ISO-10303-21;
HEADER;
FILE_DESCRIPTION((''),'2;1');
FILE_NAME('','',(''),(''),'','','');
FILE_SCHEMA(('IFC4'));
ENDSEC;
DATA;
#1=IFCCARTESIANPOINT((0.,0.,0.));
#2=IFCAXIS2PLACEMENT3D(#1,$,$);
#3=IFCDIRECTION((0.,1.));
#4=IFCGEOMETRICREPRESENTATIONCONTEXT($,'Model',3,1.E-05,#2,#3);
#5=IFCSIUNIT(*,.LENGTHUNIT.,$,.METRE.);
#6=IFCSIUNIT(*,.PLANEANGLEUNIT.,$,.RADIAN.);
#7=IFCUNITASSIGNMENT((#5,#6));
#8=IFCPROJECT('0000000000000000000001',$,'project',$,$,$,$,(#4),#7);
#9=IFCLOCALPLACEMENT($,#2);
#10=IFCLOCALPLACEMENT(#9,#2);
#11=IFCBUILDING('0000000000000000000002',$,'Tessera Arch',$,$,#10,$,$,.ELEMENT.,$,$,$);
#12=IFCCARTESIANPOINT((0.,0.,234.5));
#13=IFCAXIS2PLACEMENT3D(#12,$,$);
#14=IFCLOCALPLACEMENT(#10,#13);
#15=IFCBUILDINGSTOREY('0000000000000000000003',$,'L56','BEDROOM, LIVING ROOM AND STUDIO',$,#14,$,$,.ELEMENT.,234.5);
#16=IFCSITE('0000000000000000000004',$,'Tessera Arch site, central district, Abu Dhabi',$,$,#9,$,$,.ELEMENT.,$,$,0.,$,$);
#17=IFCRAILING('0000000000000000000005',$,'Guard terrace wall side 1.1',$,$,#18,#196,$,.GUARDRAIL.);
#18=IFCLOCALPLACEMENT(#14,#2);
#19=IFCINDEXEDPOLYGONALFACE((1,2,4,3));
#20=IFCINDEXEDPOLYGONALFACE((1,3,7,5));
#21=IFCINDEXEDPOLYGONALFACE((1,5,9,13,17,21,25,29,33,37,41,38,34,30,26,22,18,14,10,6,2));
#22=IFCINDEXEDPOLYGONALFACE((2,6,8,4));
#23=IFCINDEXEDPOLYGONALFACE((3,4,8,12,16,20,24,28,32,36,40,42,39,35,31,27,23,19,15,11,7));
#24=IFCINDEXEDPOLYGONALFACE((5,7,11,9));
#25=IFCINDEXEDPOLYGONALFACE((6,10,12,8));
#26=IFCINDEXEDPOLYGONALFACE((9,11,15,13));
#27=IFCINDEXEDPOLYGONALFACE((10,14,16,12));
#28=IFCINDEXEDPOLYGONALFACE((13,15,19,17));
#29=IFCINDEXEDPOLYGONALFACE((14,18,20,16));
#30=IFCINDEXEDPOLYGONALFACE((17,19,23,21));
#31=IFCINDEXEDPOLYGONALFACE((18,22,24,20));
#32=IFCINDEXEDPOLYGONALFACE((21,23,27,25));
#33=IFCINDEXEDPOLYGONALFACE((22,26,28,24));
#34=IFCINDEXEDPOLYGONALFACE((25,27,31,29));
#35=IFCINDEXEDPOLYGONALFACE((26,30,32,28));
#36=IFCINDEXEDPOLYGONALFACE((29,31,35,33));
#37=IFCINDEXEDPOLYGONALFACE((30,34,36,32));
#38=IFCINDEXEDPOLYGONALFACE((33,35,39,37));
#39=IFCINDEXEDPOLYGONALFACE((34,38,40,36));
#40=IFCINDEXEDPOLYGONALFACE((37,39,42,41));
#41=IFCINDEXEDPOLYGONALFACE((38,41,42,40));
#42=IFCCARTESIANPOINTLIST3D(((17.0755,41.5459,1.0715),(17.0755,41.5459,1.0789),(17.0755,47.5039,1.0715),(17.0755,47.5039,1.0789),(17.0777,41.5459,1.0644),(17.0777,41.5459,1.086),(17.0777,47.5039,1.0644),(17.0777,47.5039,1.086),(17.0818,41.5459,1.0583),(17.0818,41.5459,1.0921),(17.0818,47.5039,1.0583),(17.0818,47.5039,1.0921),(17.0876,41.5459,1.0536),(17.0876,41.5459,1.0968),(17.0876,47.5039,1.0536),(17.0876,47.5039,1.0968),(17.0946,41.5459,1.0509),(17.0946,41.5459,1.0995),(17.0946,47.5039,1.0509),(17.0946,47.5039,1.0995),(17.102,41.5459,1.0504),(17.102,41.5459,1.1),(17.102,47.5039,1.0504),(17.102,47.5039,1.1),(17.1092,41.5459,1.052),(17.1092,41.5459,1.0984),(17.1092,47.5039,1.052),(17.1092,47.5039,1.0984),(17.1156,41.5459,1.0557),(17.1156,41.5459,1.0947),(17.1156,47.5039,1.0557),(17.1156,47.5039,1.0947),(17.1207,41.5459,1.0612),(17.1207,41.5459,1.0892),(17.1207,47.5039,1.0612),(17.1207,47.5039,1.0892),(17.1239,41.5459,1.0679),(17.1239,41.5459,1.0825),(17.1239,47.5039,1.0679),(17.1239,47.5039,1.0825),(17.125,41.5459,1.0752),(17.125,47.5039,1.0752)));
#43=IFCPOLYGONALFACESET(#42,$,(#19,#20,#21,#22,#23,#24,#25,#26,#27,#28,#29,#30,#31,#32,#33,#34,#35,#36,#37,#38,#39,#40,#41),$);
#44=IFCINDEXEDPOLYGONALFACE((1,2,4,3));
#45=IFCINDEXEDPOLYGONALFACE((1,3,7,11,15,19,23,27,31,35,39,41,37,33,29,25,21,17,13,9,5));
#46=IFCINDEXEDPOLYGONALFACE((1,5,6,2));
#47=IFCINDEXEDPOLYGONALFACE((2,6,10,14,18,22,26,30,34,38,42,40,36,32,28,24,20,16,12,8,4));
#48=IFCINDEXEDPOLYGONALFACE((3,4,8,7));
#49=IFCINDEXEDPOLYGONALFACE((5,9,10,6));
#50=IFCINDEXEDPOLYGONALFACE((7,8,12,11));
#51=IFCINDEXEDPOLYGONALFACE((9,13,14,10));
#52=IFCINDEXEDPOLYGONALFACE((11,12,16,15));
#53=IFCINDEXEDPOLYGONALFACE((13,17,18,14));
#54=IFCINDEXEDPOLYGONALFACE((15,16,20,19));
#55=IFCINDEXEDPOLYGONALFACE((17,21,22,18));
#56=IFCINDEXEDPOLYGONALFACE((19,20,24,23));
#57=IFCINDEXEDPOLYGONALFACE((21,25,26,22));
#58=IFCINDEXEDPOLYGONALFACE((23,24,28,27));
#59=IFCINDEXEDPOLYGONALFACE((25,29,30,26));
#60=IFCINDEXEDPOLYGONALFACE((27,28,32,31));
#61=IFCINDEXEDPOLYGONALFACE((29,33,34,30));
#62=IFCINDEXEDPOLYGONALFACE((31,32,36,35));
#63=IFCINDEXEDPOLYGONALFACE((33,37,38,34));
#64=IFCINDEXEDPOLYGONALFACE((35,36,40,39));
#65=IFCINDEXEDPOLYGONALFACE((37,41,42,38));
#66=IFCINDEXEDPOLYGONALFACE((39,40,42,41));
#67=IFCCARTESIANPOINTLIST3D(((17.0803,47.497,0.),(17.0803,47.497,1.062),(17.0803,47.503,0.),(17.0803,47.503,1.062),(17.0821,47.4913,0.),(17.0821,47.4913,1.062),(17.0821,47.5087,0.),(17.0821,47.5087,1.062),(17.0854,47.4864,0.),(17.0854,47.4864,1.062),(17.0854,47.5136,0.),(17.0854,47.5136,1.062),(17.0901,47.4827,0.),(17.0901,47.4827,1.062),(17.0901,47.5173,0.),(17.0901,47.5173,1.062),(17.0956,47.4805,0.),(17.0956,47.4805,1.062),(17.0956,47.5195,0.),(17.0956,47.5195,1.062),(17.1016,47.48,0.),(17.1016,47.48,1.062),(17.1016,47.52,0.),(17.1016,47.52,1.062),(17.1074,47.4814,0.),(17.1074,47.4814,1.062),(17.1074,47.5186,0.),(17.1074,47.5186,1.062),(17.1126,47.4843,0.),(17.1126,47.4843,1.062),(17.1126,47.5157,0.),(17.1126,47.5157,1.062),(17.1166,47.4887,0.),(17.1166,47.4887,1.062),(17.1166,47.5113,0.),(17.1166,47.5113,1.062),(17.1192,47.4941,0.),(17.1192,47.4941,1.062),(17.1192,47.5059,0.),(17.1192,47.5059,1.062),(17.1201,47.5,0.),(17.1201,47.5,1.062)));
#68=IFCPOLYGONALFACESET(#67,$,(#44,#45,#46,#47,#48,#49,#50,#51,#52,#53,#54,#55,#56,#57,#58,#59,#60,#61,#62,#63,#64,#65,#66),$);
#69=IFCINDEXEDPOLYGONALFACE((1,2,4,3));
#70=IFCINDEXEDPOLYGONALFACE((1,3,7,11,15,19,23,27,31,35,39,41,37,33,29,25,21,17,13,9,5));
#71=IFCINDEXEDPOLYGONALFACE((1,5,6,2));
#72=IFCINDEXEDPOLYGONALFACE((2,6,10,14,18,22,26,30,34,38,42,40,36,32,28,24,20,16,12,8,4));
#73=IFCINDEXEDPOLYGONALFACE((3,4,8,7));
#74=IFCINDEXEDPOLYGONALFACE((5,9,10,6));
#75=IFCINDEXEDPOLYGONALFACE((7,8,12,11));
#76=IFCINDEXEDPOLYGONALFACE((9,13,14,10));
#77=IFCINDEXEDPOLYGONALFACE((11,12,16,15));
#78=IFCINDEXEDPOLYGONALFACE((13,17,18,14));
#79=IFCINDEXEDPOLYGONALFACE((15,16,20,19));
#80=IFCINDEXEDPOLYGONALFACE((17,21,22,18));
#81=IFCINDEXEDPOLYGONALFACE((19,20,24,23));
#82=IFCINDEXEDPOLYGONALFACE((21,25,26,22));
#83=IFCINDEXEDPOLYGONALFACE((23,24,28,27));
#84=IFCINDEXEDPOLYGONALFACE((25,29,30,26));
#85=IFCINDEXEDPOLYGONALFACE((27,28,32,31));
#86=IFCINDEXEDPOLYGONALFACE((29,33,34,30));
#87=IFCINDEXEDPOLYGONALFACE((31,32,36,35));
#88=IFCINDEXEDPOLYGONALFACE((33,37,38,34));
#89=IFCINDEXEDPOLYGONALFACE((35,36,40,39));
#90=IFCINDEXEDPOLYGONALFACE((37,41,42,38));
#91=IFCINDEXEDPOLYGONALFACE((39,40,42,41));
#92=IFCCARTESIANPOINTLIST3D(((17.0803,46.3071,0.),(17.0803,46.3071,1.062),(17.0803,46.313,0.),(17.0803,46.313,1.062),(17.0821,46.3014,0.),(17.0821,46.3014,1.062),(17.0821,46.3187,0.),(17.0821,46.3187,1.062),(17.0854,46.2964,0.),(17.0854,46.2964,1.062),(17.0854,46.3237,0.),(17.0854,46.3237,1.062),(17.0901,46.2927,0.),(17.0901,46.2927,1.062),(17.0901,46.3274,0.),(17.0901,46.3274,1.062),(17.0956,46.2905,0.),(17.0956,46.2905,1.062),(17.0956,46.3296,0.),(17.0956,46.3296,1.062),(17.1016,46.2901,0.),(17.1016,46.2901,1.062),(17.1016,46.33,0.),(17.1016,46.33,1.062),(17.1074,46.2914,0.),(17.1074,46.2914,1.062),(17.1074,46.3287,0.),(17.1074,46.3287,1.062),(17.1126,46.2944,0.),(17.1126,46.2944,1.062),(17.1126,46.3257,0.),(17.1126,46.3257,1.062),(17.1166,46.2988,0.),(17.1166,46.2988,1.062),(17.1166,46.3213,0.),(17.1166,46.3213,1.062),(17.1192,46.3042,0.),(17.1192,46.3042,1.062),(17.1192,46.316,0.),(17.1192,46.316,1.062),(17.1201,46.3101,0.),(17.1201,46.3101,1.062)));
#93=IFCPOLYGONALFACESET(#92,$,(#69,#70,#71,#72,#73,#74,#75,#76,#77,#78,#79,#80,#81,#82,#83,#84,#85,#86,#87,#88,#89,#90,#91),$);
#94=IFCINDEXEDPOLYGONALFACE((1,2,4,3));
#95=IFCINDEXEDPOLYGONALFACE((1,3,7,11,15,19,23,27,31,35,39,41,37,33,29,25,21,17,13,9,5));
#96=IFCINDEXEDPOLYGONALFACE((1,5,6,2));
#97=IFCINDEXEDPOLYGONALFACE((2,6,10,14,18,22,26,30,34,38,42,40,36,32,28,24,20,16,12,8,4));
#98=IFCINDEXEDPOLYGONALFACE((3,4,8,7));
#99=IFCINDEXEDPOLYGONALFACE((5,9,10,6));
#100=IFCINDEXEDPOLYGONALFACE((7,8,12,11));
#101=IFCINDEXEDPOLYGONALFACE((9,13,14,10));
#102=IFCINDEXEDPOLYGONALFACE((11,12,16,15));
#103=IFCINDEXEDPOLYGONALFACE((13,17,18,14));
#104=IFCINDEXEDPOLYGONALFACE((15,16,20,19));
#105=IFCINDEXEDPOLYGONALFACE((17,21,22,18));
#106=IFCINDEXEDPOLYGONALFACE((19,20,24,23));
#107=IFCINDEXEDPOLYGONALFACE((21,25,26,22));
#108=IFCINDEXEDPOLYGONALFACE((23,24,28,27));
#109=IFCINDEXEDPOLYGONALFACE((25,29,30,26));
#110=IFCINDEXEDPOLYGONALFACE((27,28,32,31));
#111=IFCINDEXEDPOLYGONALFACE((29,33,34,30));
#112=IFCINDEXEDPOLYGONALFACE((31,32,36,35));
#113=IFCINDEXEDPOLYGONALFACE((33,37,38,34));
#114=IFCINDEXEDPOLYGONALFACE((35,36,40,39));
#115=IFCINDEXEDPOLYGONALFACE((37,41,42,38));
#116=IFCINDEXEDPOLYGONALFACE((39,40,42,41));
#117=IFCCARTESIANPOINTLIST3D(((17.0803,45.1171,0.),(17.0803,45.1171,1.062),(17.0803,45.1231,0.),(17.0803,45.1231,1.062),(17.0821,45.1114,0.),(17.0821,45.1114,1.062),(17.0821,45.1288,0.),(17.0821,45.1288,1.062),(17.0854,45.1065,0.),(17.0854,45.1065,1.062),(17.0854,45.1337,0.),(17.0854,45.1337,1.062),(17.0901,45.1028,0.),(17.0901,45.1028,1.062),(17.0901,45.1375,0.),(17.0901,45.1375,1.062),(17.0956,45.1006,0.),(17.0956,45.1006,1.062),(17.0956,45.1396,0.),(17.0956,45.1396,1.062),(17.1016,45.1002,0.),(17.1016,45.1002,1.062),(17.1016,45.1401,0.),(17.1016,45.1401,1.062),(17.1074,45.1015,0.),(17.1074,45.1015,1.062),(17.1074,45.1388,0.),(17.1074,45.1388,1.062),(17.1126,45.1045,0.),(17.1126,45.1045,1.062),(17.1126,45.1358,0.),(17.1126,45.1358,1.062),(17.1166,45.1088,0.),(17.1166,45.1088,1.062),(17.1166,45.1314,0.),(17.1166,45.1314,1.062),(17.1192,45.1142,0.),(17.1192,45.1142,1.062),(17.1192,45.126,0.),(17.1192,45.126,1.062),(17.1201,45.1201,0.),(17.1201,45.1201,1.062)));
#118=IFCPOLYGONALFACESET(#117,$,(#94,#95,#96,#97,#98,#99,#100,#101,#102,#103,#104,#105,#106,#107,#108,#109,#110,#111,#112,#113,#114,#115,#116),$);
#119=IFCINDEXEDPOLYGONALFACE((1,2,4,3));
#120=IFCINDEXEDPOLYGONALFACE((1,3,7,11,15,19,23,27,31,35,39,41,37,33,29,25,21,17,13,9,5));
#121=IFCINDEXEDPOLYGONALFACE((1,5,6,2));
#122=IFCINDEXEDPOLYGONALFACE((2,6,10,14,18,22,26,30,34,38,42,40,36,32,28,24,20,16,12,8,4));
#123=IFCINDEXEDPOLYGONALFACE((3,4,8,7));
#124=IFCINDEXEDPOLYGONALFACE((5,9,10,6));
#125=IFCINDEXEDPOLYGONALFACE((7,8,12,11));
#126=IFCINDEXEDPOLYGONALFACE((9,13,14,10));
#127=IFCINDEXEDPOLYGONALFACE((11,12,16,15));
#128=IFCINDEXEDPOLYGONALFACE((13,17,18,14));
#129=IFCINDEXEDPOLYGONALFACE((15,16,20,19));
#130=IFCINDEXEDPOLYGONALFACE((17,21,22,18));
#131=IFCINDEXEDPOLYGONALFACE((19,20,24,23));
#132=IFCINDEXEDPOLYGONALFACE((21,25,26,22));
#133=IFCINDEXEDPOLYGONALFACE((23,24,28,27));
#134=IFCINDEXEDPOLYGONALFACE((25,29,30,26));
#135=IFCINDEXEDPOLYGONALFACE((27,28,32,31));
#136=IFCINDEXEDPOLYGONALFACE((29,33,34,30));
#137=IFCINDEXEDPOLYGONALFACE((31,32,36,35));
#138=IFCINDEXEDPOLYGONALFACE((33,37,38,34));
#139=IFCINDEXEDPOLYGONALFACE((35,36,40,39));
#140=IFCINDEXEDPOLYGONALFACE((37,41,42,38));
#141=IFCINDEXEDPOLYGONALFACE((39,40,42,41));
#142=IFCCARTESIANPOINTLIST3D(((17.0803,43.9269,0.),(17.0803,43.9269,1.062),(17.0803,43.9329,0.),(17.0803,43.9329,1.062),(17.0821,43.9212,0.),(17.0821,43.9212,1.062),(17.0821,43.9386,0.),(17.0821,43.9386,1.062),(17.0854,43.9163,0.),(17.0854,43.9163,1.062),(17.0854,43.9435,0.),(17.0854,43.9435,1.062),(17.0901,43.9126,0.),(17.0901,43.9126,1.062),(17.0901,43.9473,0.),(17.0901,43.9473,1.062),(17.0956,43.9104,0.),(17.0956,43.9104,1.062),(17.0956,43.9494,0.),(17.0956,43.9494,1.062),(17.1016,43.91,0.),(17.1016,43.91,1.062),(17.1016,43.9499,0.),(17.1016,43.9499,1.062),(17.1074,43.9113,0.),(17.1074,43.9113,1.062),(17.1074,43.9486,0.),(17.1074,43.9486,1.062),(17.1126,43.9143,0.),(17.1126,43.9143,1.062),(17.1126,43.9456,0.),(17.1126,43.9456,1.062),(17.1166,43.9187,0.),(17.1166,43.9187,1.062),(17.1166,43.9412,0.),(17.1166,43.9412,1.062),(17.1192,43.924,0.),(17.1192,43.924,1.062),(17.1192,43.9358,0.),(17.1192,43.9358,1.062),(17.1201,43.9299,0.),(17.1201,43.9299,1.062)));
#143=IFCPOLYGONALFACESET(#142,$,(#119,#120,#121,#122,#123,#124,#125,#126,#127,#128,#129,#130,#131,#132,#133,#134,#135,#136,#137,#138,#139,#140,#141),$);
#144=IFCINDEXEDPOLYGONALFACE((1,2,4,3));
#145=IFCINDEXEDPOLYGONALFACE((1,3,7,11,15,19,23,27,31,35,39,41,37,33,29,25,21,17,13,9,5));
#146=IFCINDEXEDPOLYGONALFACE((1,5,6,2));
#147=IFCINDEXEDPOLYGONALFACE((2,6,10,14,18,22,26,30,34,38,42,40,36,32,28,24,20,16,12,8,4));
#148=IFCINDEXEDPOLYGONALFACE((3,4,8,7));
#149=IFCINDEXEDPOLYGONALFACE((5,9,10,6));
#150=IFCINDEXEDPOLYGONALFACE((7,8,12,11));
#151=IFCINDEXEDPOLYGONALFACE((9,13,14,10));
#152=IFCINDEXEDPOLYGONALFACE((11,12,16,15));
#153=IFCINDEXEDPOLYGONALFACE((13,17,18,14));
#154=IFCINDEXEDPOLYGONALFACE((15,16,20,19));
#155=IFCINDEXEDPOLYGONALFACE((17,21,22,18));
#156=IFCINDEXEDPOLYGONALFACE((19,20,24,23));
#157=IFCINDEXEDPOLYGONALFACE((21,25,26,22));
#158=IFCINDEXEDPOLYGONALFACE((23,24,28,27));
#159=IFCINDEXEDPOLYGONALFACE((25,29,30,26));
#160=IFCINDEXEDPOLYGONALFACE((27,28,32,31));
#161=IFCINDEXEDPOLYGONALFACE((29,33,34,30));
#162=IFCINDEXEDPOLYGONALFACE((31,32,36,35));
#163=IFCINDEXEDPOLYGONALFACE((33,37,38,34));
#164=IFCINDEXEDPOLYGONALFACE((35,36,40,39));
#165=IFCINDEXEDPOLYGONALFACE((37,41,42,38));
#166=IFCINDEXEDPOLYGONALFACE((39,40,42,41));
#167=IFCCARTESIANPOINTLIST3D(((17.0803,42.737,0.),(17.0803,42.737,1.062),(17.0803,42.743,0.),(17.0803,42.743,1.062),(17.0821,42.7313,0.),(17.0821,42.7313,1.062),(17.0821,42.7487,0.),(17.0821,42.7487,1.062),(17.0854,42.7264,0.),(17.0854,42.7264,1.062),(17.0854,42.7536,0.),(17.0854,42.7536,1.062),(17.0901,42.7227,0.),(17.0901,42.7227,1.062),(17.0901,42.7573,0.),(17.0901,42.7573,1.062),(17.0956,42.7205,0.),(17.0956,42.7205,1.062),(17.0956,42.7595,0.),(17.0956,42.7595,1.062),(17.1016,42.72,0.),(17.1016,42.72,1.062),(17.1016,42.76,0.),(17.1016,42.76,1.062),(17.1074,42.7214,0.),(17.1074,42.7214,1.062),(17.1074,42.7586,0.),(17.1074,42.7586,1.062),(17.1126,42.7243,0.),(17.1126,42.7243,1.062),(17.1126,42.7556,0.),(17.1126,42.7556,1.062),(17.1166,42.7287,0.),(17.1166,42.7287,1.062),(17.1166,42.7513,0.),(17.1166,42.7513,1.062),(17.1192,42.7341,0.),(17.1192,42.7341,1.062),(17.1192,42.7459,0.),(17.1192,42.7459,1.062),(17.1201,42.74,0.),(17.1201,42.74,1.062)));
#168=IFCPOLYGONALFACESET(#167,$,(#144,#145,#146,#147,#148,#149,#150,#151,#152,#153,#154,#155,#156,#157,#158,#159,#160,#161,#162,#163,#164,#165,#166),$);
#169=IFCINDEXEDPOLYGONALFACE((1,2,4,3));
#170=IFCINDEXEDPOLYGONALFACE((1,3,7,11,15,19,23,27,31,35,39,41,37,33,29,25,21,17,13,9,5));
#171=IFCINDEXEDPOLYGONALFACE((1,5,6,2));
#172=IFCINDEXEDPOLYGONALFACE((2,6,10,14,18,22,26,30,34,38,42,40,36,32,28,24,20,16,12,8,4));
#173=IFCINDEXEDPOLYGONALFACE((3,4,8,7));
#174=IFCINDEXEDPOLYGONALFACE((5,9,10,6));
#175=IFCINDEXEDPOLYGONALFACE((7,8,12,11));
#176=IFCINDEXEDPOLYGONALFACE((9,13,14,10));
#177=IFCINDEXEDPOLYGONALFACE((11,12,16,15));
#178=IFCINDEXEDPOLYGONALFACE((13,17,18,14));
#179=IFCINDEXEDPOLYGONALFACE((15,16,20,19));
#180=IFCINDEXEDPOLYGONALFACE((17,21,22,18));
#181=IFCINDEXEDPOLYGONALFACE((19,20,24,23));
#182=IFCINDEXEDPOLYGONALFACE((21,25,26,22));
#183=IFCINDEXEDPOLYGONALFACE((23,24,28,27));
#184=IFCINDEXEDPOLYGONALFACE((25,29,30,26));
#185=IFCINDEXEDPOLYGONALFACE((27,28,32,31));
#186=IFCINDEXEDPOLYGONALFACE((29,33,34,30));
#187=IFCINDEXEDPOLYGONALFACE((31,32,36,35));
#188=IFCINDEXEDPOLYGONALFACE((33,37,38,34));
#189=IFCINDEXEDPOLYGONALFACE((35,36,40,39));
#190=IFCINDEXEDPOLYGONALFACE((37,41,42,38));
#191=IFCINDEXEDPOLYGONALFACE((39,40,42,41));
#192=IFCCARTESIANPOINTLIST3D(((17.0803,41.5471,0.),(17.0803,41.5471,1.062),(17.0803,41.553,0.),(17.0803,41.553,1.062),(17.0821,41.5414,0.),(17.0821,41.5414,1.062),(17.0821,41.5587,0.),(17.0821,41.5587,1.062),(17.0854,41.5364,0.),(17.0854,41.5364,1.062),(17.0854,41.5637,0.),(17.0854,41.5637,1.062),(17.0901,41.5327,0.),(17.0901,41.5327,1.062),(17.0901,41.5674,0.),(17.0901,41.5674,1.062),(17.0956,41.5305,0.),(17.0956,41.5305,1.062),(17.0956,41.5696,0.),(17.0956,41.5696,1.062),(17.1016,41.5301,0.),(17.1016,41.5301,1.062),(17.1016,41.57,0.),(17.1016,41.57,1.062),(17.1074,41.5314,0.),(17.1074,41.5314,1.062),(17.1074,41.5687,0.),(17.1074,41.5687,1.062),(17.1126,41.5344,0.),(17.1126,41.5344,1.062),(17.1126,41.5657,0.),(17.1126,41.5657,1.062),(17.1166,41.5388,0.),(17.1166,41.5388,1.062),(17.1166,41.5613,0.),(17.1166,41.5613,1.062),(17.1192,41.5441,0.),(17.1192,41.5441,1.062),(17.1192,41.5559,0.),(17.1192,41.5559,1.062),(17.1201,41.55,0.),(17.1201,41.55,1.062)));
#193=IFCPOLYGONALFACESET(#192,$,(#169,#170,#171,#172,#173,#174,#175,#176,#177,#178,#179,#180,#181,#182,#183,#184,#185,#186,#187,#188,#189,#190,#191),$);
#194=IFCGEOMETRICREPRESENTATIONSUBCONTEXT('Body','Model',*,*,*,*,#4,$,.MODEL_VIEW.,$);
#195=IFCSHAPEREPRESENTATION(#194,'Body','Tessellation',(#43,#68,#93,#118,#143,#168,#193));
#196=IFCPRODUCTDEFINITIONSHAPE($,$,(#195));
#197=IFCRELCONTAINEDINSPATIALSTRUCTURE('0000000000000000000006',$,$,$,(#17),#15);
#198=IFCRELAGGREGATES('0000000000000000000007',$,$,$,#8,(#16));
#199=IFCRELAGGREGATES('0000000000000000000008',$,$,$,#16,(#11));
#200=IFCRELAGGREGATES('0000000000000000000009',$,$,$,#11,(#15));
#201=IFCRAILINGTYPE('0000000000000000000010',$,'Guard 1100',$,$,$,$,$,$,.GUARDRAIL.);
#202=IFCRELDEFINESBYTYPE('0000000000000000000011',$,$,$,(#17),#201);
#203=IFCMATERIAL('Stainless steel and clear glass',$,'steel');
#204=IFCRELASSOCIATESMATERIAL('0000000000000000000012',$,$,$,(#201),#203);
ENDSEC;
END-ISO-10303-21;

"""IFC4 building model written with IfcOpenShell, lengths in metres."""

from ifc_helpers import new_model, si_unit, direction, frame, origin, origin_2d, place, context, subcontext, project, spatial, circle, extrude, material, type_object, element, save


model = new_model("IFC4")

# Units and contexts
model_context = context("Model", 3, precision=1e-05, world=origin(), true_north=direction((0.0, 1.0)))
body_context = subcontext(model_context, "Body", "Model", "MODEL_VIEW")
ifc_project = project(units=[si_unit("LENGTHUNIT", "METRE"), si_unit("PLANEANGLEUNIT", "RADIAN")], contexts=[model_context])

# Site, building, storey
site_placement = place(None, origin())
site = spatial("IfcSite", under=ifc_project, at=site_placement, Name="Tessera Arch site, central district, Abu Dhabi", CompositionType="ELEMENT", RefElevation=0.0)
building_placement = place(site_placement, origin())
building = spatial("IfcBuilding", under=site, at=building_placement, Name="Tessera Arch", CompositionType="ELEMENT")
storey_placement = place(building_placement, frame((0.0, 0.0, 234.5)))
storey = spatial("IfcBuildingStorey", under=building, at=storey_placement, Name="L56", Description="BEDROOM, LIVING ROOM AND STUDIO", CompositionType="ELEMENT", Elevation=234.5)

# Railing
ifc_material_1 = material(Name="Stainless steel and clear glass", Category="steel")
railing_type = type_object("IfcRailingType", Name="Guard 1100", PredefinedType="GUARDRAIL", material=ifc_material_1)
for number, where, name in (
    (1, (17.1001, 47.5, 0.0), "Guard terrace wall side 1.1"),
):
    element("IfcRailing", number, at=place(storey_placement, frame(where)), inside=storey, type_object=railing_type, Name=name, PredefinedType="GUARDRAIL", context=body_context, shape_type="SweptSolid", body=[
        extrude(circle(Radius=0.0249, at=origin_2d()), frame((0.0, 0.0039, 1.0752), z_axis=(0.0, -1.0, 0.0), x_axis=(1.0, 0.0, 0.0)), (0.0, 0.0, 1.0), 5.958),
        extrude(circle(Radius=0.02, at=origin_2d()), origin(), (0.0, 0.0, 1.0), 1.062),
        extrude(circle(Radius=0.02, at=origin_2d()), frame((0.0, -1.1899, 0.0)), (0.0, 0.0, 1.0), 1.062),
        extrude(circle(Radius=0.02, at=origin_2d()), frame((0.0, -2.3799, 0.0)), (0.0, 0.0, 1.0), 1.062),
        extrude(circle(Radius=0.02, at=origin_2d()), frame((0.0, -3.5701, 0.0)), (0.0, 0.0, 1.0), 1.062),
        extrude(circle(Radius=0.02, at=origin_2d()), frame((0.0, -4.76, 0.0)), (0.0, 0.0, 1.0), 1.062),
        extrude(circle(Radius=0.02, at=origin_2d()), frame((0.0, -5.95, 0.0)), (0.0, 0.0, 1.0), 1.062),
    ])

save(model, "model.ifc")
